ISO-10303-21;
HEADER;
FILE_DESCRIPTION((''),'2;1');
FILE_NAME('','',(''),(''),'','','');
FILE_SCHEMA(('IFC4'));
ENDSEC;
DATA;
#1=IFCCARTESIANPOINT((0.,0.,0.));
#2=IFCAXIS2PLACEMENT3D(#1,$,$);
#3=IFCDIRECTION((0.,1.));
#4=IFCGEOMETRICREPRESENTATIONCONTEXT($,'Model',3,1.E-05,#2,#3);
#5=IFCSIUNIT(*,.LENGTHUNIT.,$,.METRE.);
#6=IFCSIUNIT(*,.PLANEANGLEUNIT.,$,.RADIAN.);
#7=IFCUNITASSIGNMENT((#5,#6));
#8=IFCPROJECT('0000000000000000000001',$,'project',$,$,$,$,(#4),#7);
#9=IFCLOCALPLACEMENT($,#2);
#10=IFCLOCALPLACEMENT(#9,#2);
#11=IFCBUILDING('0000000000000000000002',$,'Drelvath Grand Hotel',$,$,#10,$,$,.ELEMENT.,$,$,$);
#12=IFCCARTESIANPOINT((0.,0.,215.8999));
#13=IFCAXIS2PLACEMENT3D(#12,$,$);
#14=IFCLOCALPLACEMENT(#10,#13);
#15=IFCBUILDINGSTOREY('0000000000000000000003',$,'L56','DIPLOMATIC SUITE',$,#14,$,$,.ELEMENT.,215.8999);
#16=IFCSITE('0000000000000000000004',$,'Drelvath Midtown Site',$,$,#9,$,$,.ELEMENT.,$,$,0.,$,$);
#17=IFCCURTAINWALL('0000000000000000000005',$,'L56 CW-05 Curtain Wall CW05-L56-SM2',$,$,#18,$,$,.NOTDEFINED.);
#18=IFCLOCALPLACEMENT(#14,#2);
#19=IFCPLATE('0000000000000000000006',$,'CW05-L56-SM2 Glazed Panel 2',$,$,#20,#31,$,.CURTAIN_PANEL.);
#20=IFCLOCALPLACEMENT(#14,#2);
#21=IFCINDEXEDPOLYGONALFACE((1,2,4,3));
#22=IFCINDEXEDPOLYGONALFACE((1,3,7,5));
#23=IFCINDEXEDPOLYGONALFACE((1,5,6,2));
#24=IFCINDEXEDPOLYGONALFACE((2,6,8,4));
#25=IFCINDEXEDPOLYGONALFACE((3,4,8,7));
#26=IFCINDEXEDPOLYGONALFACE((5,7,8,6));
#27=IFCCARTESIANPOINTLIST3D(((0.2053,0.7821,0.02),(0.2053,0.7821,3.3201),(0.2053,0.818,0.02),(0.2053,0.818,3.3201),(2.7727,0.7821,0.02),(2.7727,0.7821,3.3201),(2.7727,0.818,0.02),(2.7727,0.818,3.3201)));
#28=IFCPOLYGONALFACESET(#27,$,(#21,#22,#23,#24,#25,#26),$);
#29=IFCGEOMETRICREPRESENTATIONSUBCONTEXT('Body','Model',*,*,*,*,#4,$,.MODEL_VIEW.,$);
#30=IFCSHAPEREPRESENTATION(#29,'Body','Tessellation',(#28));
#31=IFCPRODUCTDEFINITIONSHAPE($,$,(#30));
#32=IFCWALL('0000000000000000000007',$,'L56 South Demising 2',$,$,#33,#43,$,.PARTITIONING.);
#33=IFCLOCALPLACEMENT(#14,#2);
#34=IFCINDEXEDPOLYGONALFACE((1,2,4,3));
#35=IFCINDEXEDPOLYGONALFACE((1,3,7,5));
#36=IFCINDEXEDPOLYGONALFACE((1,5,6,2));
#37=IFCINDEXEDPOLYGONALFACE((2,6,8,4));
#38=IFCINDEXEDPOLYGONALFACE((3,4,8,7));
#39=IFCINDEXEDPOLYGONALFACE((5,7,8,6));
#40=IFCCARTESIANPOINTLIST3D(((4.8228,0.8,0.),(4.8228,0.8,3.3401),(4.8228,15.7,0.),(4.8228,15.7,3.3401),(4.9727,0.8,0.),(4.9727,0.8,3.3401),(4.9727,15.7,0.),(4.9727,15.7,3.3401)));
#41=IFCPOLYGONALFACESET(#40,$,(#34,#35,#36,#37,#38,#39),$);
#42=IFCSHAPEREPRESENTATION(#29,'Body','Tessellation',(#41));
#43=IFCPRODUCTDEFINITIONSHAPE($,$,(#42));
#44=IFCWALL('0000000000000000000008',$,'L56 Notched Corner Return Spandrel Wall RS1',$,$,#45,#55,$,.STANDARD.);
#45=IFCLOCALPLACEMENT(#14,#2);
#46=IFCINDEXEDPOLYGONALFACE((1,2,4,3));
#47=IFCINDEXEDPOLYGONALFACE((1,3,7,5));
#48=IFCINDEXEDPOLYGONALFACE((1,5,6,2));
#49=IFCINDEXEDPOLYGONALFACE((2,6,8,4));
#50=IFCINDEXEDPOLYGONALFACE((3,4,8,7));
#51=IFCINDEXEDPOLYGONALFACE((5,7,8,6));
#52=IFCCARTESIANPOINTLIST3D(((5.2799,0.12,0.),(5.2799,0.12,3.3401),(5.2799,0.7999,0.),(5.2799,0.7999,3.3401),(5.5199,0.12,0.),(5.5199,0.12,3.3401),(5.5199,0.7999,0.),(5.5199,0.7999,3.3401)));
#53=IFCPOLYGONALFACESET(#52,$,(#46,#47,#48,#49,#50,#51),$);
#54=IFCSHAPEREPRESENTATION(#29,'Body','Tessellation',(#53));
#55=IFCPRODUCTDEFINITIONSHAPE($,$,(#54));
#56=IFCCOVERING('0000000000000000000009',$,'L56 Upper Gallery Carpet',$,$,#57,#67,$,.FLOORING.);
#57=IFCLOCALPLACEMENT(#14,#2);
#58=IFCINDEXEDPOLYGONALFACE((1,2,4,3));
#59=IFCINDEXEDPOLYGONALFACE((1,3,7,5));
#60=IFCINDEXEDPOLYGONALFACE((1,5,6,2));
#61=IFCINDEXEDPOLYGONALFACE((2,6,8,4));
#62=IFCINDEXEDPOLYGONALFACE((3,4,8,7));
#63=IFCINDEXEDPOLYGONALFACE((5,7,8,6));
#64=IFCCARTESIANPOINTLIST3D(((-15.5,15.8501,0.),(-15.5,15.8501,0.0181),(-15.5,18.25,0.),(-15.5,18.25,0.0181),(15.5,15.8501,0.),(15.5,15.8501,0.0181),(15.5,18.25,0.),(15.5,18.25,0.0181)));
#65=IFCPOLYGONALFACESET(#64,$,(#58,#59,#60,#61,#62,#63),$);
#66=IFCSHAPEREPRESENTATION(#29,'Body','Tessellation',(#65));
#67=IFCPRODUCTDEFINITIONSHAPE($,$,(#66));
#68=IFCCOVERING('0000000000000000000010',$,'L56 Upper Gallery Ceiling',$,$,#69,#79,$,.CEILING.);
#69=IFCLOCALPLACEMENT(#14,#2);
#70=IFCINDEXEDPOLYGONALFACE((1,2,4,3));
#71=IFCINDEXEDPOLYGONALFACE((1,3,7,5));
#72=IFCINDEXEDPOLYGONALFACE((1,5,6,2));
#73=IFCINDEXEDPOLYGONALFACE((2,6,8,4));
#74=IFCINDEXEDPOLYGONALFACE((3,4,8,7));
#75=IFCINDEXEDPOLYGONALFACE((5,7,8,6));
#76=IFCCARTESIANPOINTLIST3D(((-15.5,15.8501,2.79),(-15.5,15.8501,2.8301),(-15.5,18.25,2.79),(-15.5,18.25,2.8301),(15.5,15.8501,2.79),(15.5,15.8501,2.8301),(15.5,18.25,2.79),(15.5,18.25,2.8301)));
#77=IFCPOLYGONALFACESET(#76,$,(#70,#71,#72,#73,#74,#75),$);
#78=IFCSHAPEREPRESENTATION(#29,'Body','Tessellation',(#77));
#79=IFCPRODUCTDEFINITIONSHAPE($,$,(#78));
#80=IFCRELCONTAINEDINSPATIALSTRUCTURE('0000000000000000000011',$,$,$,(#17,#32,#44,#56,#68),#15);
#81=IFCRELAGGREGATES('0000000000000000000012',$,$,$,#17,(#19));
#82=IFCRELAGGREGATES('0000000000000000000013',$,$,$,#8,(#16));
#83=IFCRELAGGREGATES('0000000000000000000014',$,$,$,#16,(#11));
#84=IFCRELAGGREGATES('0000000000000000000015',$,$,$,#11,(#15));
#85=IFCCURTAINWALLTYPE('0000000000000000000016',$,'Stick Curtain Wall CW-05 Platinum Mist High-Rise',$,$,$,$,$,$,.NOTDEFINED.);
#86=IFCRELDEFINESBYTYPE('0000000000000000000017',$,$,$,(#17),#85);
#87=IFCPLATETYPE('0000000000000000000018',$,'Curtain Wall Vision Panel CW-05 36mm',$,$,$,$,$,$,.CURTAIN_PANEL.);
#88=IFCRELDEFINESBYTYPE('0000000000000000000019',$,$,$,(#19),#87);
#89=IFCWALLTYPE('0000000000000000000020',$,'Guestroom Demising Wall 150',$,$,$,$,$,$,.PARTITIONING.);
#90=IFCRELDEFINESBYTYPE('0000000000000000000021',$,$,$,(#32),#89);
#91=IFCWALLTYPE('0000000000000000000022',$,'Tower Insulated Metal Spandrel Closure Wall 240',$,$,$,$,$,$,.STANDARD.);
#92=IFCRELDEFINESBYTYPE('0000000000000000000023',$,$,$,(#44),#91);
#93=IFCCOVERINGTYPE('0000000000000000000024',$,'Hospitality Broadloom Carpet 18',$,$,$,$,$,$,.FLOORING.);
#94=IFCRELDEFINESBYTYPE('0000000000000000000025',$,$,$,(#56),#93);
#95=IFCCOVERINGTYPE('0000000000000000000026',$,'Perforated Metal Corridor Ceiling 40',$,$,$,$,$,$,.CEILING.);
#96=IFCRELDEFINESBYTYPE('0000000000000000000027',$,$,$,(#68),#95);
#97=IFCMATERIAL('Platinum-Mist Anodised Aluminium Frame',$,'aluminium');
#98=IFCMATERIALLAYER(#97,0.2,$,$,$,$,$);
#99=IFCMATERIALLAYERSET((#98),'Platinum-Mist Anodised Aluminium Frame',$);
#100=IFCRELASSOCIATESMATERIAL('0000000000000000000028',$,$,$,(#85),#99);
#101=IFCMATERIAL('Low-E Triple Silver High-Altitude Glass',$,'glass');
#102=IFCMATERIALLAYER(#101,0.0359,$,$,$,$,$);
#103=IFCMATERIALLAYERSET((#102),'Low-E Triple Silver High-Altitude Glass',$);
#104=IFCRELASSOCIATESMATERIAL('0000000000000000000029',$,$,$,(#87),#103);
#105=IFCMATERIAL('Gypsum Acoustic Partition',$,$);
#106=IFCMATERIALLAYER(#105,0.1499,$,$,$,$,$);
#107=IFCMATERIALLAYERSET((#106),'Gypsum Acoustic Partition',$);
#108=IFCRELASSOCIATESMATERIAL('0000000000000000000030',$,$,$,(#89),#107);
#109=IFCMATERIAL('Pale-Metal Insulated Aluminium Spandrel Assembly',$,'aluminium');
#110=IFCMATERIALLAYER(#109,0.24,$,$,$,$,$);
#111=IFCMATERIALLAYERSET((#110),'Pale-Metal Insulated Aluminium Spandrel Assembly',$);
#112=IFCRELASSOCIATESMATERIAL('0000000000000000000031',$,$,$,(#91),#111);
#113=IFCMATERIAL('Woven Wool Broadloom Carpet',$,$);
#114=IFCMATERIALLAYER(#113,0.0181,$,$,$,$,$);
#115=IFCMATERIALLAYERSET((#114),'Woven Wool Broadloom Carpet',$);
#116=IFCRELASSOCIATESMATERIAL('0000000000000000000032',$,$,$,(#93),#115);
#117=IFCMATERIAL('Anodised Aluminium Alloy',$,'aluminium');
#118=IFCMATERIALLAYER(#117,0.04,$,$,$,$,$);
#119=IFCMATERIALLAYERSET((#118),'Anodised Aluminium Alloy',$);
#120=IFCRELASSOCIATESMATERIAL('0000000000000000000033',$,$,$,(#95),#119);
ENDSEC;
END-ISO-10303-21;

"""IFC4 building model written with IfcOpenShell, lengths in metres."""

from ifc_helpers import new_model, si_unit, direction, frame, frame_2d, origin, origin_2d, place, context, subcontext, project, spatial, polyline, rectangle, outline, extrude, material, layer, layer_set, type_object, element, aggregate, save


model = new_model("IFC4")

# Units and contexts
model_context = context("Model", 3, precision=1e-05, world=origin(), true_north=direction((0.0, 1.0)))
body_context = subcontext(model_context, "Body", "Model", "MODEL_VIEW")
ifc_project = project(units=[si_unit("LENGTHUNIT", "METRE"), si_unit("PLANEANGLEUNIT", "RADIAN")], contexts=[model_context])

# Site, building, storey
site_placement = place(None, origin())
site = spatial("IfcSite", under=ifc_project, at=site_placement, Name="Drelvath Midtown Site", CompositionType="ELEMENT", RefElevation=0.0)
building_placement = place(site_placement, origin())
building = spatial("IfcBuilding", under=site, at=building_placement, Name="Drelvath Grand Hotel", CompositionType="ELEMENT")
storey_placement = place(building_placement, frame((0.0, 0.0, 215.8999)))
storey = spatial("IfcBuildingStorey", under=building, at=storey_placement, Name="L56", Description="DIPLOMATIC SUITE", CompositionType="ELEMENT", Elevation=215.8999)

# Curtain wall
ifc_material_1 = material(Name="Platinum-Mist Anodised Aluminium Frame", Category="aluminium")
ifc_layer_1 = layer(ifc_material_1, 0.2)
ifc_layer_set_1 = layer_set([ifc_layer_1], Name="Platinum-Mist Anodised Aluminium Frame")
curtain_wall_type = type_object("IfcCurtainWallType", Name="Stick Curtain Wall CW-05 Platinum Mist High-Rise", PredefinedType="NOTDEFINED", material=ifc_layer_set_1)
curtain_wall_1_placement = place(storey_placement, origin())
curtain_wall_1 = element("IfcCurtainWall", 1, at=curtain_wall_1_placement, inside=storey, type_object=curtain_wall_type, Name="L56 CW-05 Curtain Wall CW05-L56-SM2", PredefinedType="NOTDEFINED")

# Plate
ifc_material_2 = material(Name="Low-E Triple Silver High-Altitude Glass", Category="glass")
ifc_layer_2 = layer(ifc_material_2, 0.0359)
ifc_layer_set_2 = layer_set([ifc_layer_2], Name="Low-E Triple Silver High-Altitude Glass")
plate_type = type_object("IfcPlateType", Name="Curtain Wall Vision Panel CW-05 36mm", PredefinedType="CURTAIN_PANEL", material=ifc_layer_set_2)
plate_1_placement = place(storey_placement, frame((1.489, 0.8, 0.02), z_axis=(0.0, 0.0, 1.0), x_axis=(-1.0, 0.0, 0.0)))
plate_1 = element("IfcPlate", 2, at=plate_1_placement, type_object=plate_type, Name="CW05-L56-SM2 Glazed Panel 2", PredefinedType="CURTAIN_PANEL", context=body_context, shape_type="SweptSolid", body=[
    extrude(rectangle(XDim=2.5674, YDim=0.0359, at=origin_2d()), origin(), (0.0, 0.0, 1.0), 3.3),
])
aggregate(curtain_wall_1, [plate_1])

# Walls
ifc_material_3 = material(Name="Gypsum Acoustic Partition")
ifc_layer_3 = layer(ifc_material_3, 0.1499)
ifc_layer_set_3 = layer_set([ifc_layer_3], Name="Gypsum Acoustic Partition")
wall_type_1 = type_object("IfcWallType", Name="Guestroom Demising Wall 150", PredefinedType="PARTITIONING", material=ifc_layer_set_3)
wall_1_placement = place(storey_placement, frame((4.8977, 0.8, 0.0), z_axis=(0.0, 0.0, 1.0), x_axis=(0.0, 1.0, 0.0)))
element("IfcWall", 3, at=wall_1_placement, inside=storey, type_object=wall_type_1, Name="L56 South Demising 2", PredefinedType="PARTITIONING", context=body_context, shape_type="SweptSolid", body=[
    extrude(rectangle(XDim=14.8999, YDim=0.1499, at=frame_2d((7.45, 0.0))), origin(), (0.0, 0.0, 1.0), 3.3401),
])
ifc_material_4 = material(Name="Pale-Metal Insulated Aluminium Spandrel Assembly", Category="aluminium")
ifc_layer_4 = layer(ifc_material_4, 0.24)
ifc_layer_set_4 = layer_set([ifc_layer_4], Name="Pale-Metal Insulated Aluminium Spandrel Assembly")
wall_type_2 = type_object("IfcWallType", Name="Tower Insulated Metal Spandrel Closure Wall 240", PredefinedType="STANDARD", material=ifc_layer_set_4)
wall_2_placement = place(storey_placement, frame((5.3999, 0.1201, 0.0), z_axis=(0.0, 0.0, 1.0), x_axis=(0.0, 1.0, 0.0)))
element("IfcWall", 4, at=wall_2_placement, inside=storey, type_object=wall_type_2, Name="L56 Notched Corner Return Spandrel Wall RS1", PredefinedType="STANDARD", context=body_context, shape_type="SweptSolid", body=[
    extrude(rectangle(XDim=0.6799, YDim=0.24, at=frame_2d((0.3398, 0.0))), origin(), (0.0, 0.0, 1.0), 3.3401),
])

# Coverings
ifc_material_5 = material(Name="Woven Wool Broadloom Carpet")
ifc_layer_5 = layer(ifc_material_5, 0.0181)
ifc_layer_set_5 = layer_set([ifc_layer_5], Name="Woven Wool Broadloom Carpet")
covering_type_1 = type_object("IfcCoveringType", Name="Hospitality Broadloom Carpet 18", PredefinedType="FLOORING", material=ifc_layer_set_5)
covering_1_placement = place(storey_placement, origin())
element("IfcCovering", 5, at=covering_1_placement, inside=storey, type_object=covering_type_1, Name="L56 Upper Gallery Carpet", PredefinedType="FLOORING", context=body_context, shape_type="SweptSolid", body=[
    extrude(outline(polyline([(15.5, 15.8501), (15.5, 18.25), (-15.5, 18.25), (-15.5, 15.8501), (15.5, 15.8501)])), origin(), (0.0, 0.0, 1.0), 0.0181),
])
ifc_material_6 = material(Name="Anodised Aluminium Alloy", Category="aluminium")
ifc_layer_6 = layer(ifc_material_6, 0.04)
ifc_layer_set_6 = layer_set([ifc_layer_6], Name="Anodised Aluminium Alloy")
covering_type_2 = type_object("IfcCoveringType", Name="Perforated Metal Corridor Ceiling 40", PredefinedType="CEILING", material=ifc_layer_set_6)
covering_2_placement = place(storey_placement, frame((0.0, 0.0, 2.79)))
element("IfcCovering", 6, at=covering_2_placement, inside=storey, type_object=covering_type_2, Name="L56 Upper Gallery Ceiling", PredefinedType="CEILING", context=body_context, shape_type="SweptSolid", body=[
    extrude(outline(polyline([(15.5, 15.8501), (15.5, 18.25), (-15.5, 18.25), (-15.5, 15.8501), (15.5, 15.8501)])), origin(), (0.0, 0.0, 1.0), 0.04),
])

save(model, "model.ifc")
